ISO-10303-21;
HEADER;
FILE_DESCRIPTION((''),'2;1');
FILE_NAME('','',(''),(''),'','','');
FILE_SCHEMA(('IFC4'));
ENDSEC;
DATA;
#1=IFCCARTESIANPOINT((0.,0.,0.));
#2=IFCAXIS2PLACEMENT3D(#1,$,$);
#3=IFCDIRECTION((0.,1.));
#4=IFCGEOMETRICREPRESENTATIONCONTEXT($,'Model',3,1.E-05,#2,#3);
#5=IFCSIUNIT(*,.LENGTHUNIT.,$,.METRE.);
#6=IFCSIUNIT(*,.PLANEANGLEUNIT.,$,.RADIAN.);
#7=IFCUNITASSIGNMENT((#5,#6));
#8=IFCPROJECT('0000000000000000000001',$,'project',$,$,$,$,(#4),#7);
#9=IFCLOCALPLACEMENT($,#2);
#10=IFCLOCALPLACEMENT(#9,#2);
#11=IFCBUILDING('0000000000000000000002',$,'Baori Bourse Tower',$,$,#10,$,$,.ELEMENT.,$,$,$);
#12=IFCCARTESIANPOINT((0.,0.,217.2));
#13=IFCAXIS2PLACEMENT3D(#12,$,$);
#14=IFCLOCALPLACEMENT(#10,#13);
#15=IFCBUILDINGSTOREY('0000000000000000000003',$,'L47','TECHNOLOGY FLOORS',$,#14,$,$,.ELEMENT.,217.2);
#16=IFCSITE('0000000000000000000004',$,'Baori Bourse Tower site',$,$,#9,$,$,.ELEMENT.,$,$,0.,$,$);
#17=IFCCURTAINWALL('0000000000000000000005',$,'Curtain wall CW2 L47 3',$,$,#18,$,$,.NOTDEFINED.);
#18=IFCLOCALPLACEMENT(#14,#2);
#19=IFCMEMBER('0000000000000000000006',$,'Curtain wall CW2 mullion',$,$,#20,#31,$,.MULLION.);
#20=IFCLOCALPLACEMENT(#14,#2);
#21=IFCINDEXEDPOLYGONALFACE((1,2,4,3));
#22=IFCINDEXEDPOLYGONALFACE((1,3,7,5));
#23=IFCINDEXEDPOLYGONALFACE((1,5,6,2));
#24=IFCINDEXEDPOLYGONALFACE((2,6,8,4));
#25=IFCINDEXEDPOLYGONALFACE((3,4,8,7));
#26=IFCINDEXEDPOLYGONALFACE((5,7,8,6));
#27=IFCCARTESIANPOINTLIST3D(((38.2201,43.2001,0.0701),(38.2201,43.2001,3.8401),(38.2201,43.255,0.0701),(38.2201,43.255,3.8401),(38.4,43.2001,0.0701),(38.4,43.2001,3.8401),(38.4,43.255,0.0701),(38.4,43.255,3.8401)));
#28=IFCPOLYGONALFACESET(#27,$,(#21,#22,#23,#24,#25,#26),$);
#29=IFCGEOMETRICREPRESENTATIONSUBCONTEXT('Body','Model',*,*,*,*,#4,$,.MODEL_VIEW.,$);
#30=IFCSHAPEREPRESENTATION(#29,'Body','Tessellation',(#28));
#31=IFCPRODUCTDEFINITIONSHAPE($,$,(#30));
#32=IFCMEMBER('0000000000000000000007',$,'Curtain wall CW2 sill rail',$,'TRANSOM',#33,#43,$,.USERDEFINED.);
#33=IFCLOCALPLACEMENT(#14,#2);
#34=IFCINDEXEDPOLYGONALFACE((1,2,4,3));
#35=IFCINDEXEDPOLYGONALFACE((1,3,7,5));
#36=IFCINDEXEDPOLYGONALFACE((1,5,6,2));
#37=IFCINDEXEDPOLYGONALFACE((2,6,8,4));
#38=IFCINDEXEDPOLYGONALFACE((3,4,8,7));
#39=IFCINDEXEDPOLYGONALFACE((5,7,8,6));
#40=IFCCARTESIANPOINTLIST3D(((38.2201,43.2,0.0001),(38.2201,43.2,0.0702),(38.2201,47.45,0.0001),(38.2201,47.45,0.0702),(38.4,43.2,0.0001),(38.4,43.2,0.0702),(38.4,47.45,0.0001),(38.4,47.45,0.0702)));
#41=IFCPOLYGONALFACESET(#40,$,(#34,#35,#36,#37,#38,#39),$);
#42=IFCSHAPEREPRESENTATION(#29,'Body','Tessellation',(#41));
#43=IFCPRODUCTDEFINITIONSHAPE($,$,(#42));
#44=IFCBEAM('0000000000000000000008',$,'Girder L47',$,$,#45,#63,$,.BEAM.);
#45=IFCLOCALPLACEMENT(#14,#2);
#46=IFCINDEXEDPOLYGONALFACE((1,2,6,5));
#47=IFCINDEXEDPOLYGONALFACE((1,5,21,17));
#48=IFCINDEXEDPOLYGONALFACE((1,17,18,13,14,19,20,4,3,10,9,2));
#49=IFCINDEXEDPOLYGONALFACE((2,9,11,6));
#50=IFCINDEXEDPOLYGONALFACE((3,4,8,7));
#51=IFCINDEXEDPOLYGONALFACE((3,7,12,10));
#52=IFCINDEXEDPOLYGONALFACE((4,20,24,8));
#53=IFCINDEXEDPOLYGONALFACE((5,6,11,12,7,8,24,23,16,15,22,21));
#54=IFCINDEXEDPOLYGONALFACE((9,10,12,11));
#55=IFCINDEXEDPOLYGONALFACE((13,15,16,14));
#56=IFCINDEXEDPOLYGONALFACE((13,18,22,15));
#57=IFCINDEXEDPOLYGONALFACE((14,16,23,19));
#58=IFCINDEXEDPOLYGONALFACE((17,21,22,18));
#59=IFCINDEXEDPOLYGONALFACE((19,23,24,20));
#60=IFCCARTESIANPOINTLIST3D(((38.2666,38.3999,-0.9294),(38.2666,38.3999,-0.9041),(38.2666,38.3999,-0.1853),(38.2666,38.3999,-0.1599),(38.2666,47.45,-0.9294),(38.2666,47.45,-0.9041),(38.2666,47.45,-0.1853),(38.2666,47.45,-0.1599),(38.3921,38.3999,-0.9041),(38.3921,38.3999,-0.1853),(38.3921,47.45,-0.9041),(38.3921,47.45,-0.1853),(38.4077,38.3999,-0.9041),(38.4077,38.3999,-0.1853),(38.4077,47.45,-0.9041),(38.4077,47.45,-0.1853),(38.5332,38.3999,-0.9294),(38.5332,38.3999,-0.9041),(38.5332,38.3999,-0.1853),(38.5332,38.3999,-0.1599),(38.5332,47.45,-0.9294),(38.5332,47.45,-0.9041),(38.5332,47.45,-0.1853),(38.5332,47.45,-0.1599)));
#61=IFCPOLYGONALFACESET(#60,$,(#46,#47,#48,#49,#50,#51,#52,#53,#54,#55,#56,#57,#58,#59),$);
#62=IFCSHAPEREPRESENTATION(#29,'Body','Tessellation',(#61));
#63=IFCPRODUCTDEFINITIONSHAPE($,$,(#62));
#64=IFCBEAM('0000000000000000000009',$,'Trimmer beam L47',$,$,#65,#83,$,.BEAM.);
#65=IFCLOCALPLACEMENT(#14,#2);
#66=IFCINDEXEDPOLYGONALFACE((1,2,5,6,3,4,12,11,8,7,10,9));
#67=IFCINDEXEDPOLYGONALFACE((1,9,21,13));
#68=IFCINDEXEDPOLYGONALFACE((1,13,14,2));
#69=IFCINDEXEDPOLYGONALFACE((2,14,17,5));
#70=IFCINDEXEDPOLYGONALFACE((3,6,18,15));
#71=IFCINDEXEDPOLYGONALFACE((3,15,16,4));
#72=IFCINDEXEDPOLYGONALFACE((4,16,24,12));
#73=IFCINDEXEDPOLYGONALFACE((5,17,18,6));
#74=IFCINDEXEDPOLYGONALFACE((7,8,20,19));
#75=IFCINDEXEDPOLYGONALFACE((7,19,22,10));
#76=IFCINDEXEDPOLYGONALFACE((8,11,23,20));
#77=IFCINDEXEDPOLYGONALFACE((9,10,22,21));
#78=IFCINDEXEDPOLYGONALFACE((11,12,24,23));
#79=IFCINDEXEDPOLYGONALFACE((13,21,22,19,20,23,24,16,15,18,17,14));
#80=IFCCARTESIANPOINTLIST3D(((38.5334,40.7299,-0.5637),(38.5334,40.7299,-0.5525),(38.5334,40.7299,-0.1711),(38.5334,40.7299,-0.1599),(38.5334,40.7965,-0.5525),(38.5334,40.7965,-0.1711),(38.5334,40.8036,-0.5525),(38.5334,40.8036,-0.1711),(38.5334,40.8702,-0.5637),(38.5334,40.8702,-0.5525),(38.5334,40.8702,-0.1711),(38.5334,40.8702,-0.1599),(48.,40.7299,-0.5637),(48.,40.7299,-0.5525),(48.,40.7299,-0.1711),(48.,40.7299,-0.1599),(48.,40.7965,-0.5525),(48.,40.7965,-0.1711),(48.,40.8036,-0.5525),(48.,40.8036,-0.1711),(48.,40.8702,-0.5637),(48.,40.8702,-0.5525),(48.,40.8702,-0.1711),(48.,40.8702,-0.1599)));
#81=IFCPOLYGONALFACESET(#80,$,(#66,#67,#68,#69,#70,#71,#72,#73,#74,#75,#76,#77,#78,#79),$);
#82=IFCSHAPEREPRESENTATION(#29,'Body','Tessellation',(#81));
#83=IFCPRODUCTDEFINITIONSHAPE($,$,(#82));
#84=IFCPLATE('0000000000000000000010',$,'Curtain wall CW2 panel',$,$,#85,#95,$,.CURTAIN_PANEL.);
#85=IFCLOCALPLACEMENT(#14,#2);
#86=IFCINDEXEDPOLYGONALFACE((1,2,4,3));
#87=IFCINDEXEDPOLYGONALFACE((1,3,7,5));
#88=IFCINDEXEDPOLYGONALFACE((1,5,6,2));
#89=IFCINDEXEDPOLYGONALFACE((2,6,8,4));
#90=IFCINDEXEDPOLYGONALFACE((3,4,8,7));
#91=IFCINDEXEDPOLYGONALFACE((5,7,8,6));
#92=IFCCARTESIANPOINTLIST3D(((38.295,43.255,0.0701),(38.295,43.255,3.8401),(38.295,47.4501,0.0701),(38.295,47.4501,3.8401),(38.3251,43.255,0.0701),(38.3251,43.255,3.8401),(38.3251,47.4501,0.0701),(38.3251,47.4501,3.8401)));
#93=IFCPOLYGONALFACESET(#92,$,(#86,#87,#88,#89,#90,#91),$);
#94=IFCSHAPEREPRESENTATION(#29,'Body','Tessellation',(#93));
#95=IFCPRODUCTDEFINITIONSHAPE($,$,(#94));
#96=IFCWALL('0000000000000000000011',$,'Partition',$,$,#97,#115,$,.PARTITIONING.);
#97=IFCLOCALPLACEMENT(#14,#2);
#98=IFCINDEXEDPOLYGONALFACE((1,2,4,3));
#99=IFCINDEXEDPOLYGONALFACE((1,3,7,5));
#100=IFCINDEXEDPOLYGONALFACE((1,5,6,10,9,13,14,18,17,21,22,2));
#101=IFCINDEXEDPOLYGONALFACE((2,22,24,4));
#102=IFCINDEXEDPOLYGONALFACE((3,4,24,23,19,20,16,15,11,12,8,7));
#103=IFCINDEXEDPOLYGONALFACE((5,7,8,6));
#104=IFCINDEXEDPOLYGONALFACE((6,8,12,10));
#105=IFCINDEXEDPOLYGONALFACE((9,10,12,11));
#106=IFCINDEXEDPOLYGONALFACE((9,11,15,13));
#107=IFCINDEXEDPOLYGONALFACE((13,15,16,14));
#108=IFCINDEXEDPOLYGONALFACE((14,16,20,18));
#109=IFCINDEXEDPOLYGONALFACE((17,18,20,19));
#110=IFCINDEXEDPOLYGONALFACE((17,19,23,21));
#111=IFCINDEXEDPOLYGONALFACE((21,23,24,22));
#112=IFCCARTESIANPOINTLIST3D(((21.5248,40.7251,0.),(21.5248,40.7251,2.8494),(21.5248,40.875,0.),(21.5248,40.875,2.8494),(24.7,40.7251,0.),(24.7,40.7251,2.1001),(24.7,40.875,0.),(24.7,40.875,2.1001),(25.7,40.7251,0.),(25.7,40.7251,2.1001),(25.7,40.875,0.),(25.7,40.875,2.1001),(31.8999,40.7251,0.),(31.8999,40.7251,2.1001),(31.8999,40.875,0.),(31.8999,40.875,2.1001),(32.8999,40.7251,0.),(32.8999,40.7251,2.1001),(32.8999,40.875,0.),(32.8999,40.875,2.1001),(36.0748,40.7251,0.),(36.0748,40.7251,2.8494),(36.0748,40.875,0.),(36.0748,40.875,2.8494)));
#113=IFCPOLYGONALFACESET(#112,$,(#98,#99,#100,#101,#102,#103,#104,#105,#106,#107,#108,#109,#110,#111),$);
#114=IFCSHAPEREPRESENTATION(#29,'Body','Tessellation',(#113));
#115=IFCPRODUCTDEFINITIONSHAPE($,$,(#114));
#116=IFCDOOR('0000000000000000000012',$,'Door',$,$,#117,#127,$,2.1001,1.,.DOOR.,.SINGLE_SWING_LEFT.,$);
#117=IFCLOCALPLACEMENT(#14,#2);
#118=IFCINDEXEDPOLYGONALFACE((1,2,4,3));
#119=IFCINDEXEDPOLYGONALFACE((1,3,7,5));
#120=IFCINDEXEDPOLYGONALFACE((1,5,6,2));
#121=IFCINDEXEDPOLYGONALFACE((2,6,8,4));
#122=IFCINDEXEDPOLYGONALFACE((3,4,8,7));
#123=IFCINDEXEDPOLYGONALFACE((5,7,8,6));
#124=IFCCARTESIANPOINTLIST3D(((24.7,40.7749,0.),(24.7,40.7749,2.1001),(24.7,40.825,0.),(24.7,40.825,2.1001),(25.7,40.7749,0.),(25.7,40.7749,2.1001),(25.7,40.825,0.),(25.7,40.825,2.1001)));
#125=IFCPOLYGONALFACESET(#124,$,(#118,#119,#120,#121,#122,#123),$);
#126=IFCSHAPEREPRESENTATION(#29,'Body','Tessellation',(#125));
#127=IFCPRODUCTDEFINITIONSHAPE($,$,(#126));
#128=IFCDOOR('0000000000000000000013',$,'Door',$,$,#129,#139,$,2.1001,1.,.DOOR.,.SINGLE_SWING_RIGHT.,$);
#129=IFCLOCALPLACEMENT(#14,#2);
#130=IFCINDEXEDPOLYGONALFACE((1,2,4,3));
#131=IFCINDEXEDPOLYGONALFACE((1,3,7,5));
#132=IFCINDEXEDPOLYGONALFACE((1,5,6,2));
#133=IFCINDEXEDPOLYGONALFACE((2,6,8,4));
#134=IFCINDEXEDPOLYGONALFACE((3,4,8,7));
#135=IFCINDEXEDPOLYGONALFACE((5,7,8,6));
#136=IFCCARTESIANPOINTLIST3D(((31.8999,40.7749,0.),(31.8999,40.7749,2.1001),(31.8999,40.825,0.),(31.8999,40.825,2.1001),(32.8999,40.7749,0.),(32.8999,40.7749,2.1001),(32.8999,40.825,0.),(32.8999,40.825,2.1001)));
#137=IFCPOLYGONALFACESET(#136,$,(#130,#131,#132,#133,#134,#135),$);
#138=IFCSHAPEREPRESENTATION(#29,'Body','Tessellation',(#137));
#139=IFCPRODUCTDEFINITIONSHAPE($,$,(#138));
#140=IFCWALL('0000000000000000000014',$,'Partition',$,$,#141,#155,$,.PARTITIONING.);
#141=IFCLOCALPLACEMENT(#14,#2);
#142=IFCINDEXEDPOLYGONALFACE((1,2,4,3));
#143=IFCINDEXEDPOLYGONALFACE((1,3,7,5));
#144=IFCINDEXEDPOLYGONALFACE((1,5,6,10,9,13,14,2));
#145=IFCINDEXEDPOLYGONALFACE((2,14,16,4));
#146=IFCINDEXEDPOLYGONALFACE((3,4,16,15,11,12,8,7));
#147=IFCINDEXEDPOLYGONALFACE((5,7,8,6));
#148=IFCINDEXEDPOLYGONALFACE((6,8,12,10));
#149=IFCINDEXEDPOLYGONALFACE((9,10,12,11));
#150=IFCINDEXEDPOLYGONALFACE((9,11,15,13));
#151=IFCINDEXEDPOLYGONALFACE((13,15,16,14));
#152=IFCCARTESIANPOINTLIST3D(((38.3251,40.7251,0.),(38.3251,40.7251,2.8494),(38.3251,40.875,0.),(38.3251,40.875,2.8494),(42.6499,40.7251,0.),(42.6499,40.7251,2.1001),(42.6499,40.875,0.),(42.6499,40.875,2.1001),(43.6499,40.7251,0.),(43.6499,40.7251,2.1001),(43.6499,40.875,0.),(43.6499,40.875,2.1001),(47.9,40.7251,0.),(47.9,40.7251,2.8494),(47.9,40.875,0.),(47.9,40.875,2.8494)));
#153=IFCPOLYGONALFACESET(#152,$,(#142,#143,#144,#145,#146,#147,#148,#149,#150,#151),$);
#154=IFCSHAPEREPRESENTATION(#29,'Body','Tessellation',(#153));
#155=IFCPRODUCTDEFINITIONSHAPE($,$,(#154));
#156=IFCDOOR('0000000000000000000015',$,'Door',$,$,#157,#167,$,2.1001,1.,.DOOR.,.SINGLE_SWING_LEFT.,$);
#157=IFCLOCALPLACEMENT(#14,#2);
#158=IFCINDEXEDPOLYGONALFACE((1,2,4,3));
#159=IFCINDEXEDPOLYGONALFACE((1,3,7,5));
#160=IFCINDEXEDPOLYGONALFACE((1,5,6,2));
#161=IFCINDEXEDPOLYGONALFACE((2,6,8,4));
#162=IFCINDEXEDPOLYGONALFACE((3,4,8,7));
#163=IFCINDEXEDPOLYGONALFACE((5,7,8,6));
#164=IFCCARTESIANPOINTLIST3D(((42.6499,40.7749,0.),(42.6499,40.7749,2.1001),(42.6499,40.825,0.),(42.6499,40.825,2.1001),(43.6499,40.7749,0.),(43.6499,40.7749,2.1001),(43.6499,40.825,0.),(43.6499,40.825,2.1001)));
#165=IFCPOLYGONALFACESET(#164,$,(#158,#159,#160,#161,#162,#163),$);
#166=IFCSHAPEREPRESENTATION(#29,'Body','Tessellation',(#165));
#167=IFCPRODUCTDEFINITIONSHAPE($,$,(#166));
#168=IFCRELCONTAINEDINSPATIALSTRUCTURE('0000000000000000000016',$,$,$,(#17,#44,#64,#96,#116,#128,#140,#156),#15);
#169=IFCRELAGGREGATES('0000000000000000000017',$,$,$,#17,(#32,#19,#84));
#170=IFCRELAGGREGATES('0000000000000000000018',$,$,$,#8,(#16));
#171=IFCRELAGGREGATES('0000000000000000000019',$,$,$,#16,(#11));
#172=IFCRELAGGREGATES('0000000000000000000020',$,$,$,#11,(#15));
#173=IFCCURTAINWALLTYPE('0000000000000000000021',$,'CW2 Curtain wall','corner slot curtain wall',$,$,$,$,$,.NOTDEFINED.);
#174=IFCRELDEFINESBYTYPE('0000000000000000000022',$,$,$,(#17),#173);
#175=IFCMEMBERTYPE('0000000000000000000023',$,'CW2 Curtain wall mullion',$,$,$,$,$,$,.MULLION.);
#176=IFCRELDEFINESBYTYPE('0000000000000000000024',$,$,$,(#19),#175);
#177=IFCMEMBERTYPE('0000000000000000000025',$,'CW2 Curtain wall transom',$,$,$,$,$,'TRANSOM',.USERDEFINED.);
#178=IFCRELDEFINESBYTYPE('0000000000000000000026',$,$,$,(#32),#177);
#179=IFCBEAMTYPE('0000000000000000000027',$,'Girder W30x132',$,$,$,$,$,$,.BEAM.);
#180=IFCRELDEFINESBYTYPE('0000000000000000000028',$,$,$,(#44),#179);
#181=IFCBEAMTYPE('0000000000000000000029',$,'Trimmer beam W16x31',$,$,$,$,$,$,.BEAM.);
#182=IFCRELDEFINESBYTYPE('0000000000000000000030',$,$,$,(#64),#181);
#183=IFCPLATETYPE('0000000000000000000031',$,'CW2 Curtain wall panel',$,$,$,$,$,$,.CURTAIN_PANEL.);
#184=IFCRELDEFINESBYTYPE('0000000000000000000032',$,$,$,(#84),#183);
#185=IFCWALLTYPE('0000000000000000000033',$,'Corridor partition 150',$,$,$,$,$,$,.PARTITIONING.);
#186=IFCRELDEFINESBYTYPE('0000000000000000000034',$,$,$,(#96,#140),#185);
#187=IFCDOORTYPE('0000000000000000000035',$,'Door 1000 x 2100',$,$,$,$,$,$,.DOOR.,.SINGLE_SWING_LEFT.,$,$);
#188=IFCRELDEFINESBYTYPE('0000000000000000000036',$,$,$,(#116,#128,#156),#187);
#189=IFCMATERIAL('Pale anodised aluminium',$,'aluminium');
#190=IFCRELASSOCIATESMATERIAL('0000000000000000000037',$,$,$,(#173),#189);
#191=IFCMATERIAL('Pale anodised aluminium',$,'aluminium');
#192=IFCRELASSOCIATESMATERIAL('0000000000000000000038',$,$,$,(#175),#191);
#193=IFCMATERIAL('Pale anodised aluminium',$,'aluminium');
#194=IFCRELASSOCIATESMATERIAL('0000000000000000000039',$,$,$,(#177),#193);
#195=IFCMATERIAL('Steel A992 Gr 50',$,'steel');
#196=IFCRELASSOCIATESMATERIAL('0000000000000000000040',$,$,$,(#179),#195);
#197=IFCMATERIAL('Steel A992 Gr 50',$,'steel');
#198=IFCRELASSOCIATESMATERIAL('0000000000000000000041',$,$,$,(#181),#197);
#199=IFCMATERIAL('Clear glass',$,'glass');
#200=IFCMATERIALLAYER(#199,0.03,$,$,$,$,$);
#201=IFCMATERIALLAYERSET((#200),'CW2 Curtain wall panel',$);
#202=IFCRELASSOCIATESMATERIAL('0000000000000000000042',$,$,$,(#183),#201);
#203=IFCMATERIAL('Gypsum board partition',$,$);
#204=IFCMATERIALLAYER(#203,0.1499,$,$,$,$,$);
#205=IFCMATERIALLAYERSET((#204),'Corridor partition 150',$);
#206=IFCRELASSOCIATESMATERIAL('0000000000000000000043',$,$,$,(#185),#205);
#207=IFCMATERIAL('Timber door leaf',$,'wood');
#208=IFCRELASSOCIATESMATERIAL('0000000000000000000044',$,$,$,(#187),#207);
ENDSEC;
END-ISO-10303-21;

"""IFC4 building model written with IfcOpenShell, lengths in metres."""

from ifc_helpers import new_model, si_unit, direction, frame, frame_2d, origin, origin_2d, place, context, subcontext, project, spatial, rectangle, i_section, extrude, material, layer, layer_set, material_profile, profile_set, type_object, element, fill, aggregate, save


model = new_model("IFC4")

# Units and contexts
model_context = context("Model", 3, precision=1e-05, world=origin(), true_north=direction((0.0, 1.0)))
body_context = subcontext(model_context, "Body", "Model", "MODEL_VIEW")
ifc_project = project(units=[si_unit("LENGTHUNIT", "METRE"), si_unit("PLANEANGLEUNIT", "RADIAN")], contexts=[model_context])

# Site, building, storey
site_placement = place(None, origin())
site = spatial("IfcSite", under=ifc_project, at=site_placement, Name="Baori Bourse Tower site", CompositionType="ELEMENT", RefElevation=0.0)
building_placement = place(site_placement, origin())
building = spatial("IfcBuilding", under=site, at=building_placement, Name="Baori Bourse Tower", CompositionType="ELEMENT")
storey_placement = place(building_placement, frame((0.0, 0.0, 217.2)))
storey = spatial("IfcBuildingStorey", under=building, at=storey_placement, Name="L47", Description="TECHNOLOGY FLOORS", CompositionType="ELEMENT", Elevation=217.2)

# Curtain wall, members
ifc_material_1 = material(Name="Pale anodised aluminium", Category="aluminium")
curtain_wall_type = type_object("IfcCurtainWallType", Name="CW2 Curtain wall", Description="corner slot curtain wall", PredefinedType="NOTDEFINED", material=ifc_material_1)
curtain_wall_placement = place(storey_placement, origin())
curtain_wall = element("IfcCurtainWall", 1, at=curtain_wall_placement, inside=storey, type_object=curtain_wall_type, Name="Curtain wall CW2 L47 3", PredefinedType="NOTDEFINED")
ifc_material_2 = material(Name="Pale anodised aluminium", Category="aluminium")
ifc_material_profile_1 = material_profile(ifc_material_2, rectangle(XDim=0.1799, YDim=0.0549, at=origin_2d()), Name="Mullion 55x180")
ifc_profile_set_1 = profile_set([ifc_material_profile_1], Name="Pale anodised aluminium")
member_type_1 = type_object("IfcMemberType", Name="CW2 Curtain wall mullion", PredefinedType="MULLION", material=ifc_profile_set_1)
member_1_placement = place(storey_placement, frame((38.3101, 43.2275, 0.0701), z_axis=(0.0, 0.0, 1.0), x_axis=(-1.0, 0.0, 0.0)))
member_1 = element("IfcMember", 2, at=member_1_placement, type_object=member_type_1, Name="Curtain wall CW2 mullion", PredefinedType="MULLION", context=body_context, shape_type="SweptSolid", body=[
    extrude(rectangle(XDim=0.1799, YDim=0.0549, at=origin_2d()), origin(), (0.0, 0.0, 1.0), 3.77),
])
ifc_material_3 = material(Name="Pale anodised aluminium", Category="aluminium")
ifc_material_profile_2 = material_profile(ifc_material_3, rectangle(XDim=0.1799, YDim=0.0701, at=origin_2d()), Name="Transom 70x180")
ifc_profile_set_2 = profile_set([ifc_material_profile_2], Name="Pale anodised aluminium")
member_type_2 = type_object("IfcMemberType", Name="CW2 Curtain wall transom", ElementType="TRANSOM", PredefinedType="USERDEFINED", material=ifc_profile_set_2)
member_2_placement = place(storey_placement, frame((38.3101, 43.2, 0.0352), z_axis=(0.0, 1.0, 0.0), x_axis=(-1.0, 0.0, 0.0)))
member_2 = element("IfcMember", 3, at=member_2_placement, type_object=member_type_2, Name="Curtain wall CW2 sill rail", ObjectType="TRANSOM", PredefinedType="USERDEFINED", context=body_context, shape_type="SweptSolid", body=[
    extrude(rectangle(XDim=0.1799, YDim=0.0701, at=origin_2d()), origin(), (0.0, 0.0, 1.0), 4.25),
])

# Beams
ifc_material_4 = material(Name="Steel A992 Gr 50", Category="steel")
ifc_material_profile_3 = material_profile(ifc_material_4, i_section(OverallWidth=0.2666, OverallDepth=0.7695, WebThickness=0.0156, FlangeThickness=0.0254, at=origin_2d()), Name="W30x132")
ifc_profile_set_3 = profile_set([ifc_material_profile_3], Name="Steel A992 Gr 50")
beam_type_1 = type_object("IfcBeamType", Name="Girder W30x132", PredefinedType="BEAM", material=ifc_profile_set_3)
beam_1_placement = place(storey_placement, frame((38.3999, 38.3999, -0.5447), z_axis=(0.0, 1.0, 0.0), x_axis=(-1.0, 0.0, 0.0)))
element("IfcBeam", 4, at=beam_1_placement, inside=storey, type_object=beam_type_1, Name="Girder L47", PredefinedType="BEAM", context=body_context, shape_type="SweptSolid", body=[
    extrude(i_section(OverallWidth=0.2666, OverallDepth=0.7695, WebThickness=0.0156, FlangeThickness=0.0254, at=origin_2d()), origin(), (0.0, 0.0, 1.0), 9.05),
])
ifc_material_5 = material(Name="Steel A992 Gr 50", Category="steel")
ifc_material_profile_4 = material_profile(ifc_material_5, i_section(OverallWidth=0.1404, OverallDepth=0.4038, WebThickness=0.0071, FlangeThickness=0.0112, at=origin_2d()), Name="W16x31")
ifc_profile_set_4 = profile_set([ifc_material_profile_4], Name="Steel A992 Gr 50")
beam_type_2 = type_object("IfcBeamType", Name="Trimmer beam W16x31", PredefinedType="BEAM", material=ifc_profile_set_4)
beam_2_placement = place(storey_placement, frame((38.5334, 40.8, -0.3618), z_axis=(1.0, 0.0, 0.0), x_axis=(0.0, 1.0, 0.0)))
element("IfcBeam", 5, at=beam_2_placement, inside=storey, type_object=beam_type_2, Name="Trimmer beam L47", PredefinedType="BEAM", context=body_context, shape_type="SweptSolid", body=[
    extrude(i_section(OverallWidth=0.1404, OverallDepth=0.4038, WebThickness=0.0071, FlangeThickness=0.0112, at=origin_2d()), origin(), (0.0, 0.0, 1.0), 9.4666),
])

# Plate
ifc_material_6 = material(Name="Clear glass", Category="glass")
ifc_layer_1 = layer(ifc_material_6, 0.03)
ifc_layer_set_1 = layer_set([ifc_layer_1], Name="CW2 Curtain wall panel")
plate_type = type_object("IfcPlateType", Name="CW2 Curtain wall panel", PredefinedType="CURTAIN_PANEL", material=ifc_layer_set_1)
plate_placement = place(storey_placement, frame((38.3101, 45.3525, 0.0701), z_axis=(0.0, 0.0, 1.0), x_axis=(0.0, 1.0, 0.0)))
plate = element("IfcPlate", 6, at=plate_placement, type_object=plate_type, Name="Curtain wall CW2 panel", PredefinedType="CURTAIN_PANEL", context=body_context, shape_type="SweptSolid", body=[
    extrude(rectangle(XDim=4.1951, YDim=0.03, at=origin_2d()), origin(), (0.0, 0.0, 1.0), 3.77),
])
aggregate(curtain_wall, [member_2, member_1, plate])

# Wall, openings, doors
ifc_material_7 = material(Name="Gypsum board partition")
ifc_layer_2 = layer(ifc_material_7, 0.1499)
ifc_layer_set_2 = layer_set([ifc_layer_2], Name="Corridor partition 150")
wall_type_1 = type_object("IfcWallType", Name="Corridor partition 150", PredefinedType="PARTITIONING", material=ifc_layer_set_2)
wall_1_placement = place(storey_placement, frame((21.5249, 40.8, 0.0), z_axis=(0.0, 0.0, 1.0), x_axis=(1.0, 0.0, 0.0)))
wall_1 = element("IfcWall", 7, at=wall_1_placement, inside=storey, type_object=wall_type_1, Name="Partition", PredefinedType="PARTITIONING", context=body_context, shape_type="SweptSolid", body=[
    extrude(rectangle(XDim=14.55, YDim=0.1499, at=frame_2d((7.2749, 0.0))), origin(), (0.0, 0.0, 1.0), 2.8494),
])
opening_1_placement = place(wall_1_placement, frame((3.175, 0.0, 0.0)))
opening_1 = element("IfcOpeningElement", 8, at=opening_1_placement, cuts=wall_1, PredefinedType="OPENING", context=body_context, shape_type="SweptSolid", body=[
    extrude(rectangle(XDim=1.0, YDim=2.1001, at=frame_2d((0.5, 1.05))), frame((0.0, 0.085, 0.0), z_axis=(0.0, -1.0, 0.0), x_axis=(1.0, 0.0, 0.0)), (0.0, 0.0, 1.0), 0.1699),
])
opening_2_placement = place(wall_1_placement, frame((10.375, 0.0, 0.0)))
opening_2 = element("IfcOpeningElement", 9, at=opening_2_placement, cuts=wall_1, PredefinedType="OPENING", context=body_context, shape_type="SweptSolid", body=[
    extrude(rectangle(XDim=1.0, YDim=2.1001, at=frame_2d((0.5, 1.05))), frame((0.0, 0.085, 0.0), z_axis=(0.0, -1.0, 0.0), x_axis=(1.0, 0.0, 0.0)), (0.0, 0.0, 1.0), 0.1699),
])
ifc_material_8 = material(Name="Timber door leaf", Category="wood")
door_type = type_object("IfcDoorType", Name="Door 1000 x 2100", OperationType="SINGLE_SWING_LEFT", PredefinedType="DOOR", material=ifc_material_8)
door_1_placement = place(opening_1_placement, origin())
door_1 = element("IfcDoor", 10, at=door_1_placement, inside=storey, type_object=door_type, Name="Door", OperationType="SINGLE_SWING_LEFT", OverallHeight=2.1001, OverallWidth=1.0, PredefinedType="DOOR", context=body_context, shape_type="SweptSolid", body=[
    extrude(rectangle(XDim=1.0, YDim=2.1001, at=frame_2d((0.5, 1.05))), frame((0.0, 0.0249, 0.0), z_axis=(0.0, -1.0, 0.0), x_axis=(1.0, 0.0, 0.0)), (0.0, 0.0, 1.0), 0.05),
])
fill(opening_1, door_1)
door_2_placement = place(opening_2_placement, origin())
door_2 = element("IfcDoor", 11, at=door_2_placement, inside=storey, type_object=door_type, Name="Door", OperationType="SINGLE_SWING_RIGHT", OverallHeight=2.1001, OverallWidth=1.0, PredefinedType="DOOR", context=body_context, shape_type="SweptSolid", body=[
    extrude(rectangle(XDim=1.0, YDim=2.1001, at=frame_2d((0.5, 1.05))), frame((0.0, 0.0249, 0.0), z_axis=(0.0, -1.0, 0.0), x_axis=(1.0, 0.0, 0.0)), (0.0, 0.0, 1.0), 0.05),
])
fill(opening_2, door_2)

# Wall, opening, door
wall_2_placement = place(storey_placement, frame((38.325, 40.8, 0.0), z_axis=(0.0, 0.0, 1.0), x_axis=(1.0, 0.0, 0.0)))
wall_2 = element("IfcWall", 12, at=wall_2_placement, inside=storey, type_object=wall_type_1, Name="Partition", PredefinedType="PARTITIONING", context=body_context, shape_type="SweptSolid", body=[
    extrude(rectangle(XDim=9.575, YDim=0.1499, at=frame_2d((4.7876, 0.0))), origin(), (0.0, 0.0, 1.0), 2.8494),
])
opening_3_placement = place(wall_2_placement, frame((4.325, 0.0, 0.0)))
opening_3 = element("IfcOpeningElement", 13, at=opening_3_placement, cuts=wall_2, PredefinedType="OPENING", context=body_context, shape_type="SweptSolid", body=[
    extrude(rectangle(XDim=1.0, YDim=2.1001, at=frame_2d((0.5, 1.05))), frame((0.0, 0.085, 0.0), z_axis=(0.0, -1.0, 0.0), x_axis=(1.0, 0.0, 0.0)), (0.0, 0.0, 1.0), 0.1699),
])
door_3_placement = place(opening_3_placement, origin())
door_3 = element("IfcDoor", 14, at=door_3_placement, inside=storey, type_object=door_type, Name="Door", OperationType="SINGLE_SWING_LEFT", OverallHeight=2.1001, OverallWidth=1.0, PredefinedType="DOOR", context=body_context, shape_type="SweptSolid", body=[
    extrude(rectangle(XDim=1.0, YDim=2.1001, at=frame_2d((0.5, 1.05))), frame((0.0, 0.0249, 0.0), z_axis=(0.0, -1.0, 0.0), x_axis=(1.0, 0.0, 0.0)), (0.0, 0.0, 1.0), 0.05),
])
fill(opening_3, door_3)

save(model, "model.ifc")
